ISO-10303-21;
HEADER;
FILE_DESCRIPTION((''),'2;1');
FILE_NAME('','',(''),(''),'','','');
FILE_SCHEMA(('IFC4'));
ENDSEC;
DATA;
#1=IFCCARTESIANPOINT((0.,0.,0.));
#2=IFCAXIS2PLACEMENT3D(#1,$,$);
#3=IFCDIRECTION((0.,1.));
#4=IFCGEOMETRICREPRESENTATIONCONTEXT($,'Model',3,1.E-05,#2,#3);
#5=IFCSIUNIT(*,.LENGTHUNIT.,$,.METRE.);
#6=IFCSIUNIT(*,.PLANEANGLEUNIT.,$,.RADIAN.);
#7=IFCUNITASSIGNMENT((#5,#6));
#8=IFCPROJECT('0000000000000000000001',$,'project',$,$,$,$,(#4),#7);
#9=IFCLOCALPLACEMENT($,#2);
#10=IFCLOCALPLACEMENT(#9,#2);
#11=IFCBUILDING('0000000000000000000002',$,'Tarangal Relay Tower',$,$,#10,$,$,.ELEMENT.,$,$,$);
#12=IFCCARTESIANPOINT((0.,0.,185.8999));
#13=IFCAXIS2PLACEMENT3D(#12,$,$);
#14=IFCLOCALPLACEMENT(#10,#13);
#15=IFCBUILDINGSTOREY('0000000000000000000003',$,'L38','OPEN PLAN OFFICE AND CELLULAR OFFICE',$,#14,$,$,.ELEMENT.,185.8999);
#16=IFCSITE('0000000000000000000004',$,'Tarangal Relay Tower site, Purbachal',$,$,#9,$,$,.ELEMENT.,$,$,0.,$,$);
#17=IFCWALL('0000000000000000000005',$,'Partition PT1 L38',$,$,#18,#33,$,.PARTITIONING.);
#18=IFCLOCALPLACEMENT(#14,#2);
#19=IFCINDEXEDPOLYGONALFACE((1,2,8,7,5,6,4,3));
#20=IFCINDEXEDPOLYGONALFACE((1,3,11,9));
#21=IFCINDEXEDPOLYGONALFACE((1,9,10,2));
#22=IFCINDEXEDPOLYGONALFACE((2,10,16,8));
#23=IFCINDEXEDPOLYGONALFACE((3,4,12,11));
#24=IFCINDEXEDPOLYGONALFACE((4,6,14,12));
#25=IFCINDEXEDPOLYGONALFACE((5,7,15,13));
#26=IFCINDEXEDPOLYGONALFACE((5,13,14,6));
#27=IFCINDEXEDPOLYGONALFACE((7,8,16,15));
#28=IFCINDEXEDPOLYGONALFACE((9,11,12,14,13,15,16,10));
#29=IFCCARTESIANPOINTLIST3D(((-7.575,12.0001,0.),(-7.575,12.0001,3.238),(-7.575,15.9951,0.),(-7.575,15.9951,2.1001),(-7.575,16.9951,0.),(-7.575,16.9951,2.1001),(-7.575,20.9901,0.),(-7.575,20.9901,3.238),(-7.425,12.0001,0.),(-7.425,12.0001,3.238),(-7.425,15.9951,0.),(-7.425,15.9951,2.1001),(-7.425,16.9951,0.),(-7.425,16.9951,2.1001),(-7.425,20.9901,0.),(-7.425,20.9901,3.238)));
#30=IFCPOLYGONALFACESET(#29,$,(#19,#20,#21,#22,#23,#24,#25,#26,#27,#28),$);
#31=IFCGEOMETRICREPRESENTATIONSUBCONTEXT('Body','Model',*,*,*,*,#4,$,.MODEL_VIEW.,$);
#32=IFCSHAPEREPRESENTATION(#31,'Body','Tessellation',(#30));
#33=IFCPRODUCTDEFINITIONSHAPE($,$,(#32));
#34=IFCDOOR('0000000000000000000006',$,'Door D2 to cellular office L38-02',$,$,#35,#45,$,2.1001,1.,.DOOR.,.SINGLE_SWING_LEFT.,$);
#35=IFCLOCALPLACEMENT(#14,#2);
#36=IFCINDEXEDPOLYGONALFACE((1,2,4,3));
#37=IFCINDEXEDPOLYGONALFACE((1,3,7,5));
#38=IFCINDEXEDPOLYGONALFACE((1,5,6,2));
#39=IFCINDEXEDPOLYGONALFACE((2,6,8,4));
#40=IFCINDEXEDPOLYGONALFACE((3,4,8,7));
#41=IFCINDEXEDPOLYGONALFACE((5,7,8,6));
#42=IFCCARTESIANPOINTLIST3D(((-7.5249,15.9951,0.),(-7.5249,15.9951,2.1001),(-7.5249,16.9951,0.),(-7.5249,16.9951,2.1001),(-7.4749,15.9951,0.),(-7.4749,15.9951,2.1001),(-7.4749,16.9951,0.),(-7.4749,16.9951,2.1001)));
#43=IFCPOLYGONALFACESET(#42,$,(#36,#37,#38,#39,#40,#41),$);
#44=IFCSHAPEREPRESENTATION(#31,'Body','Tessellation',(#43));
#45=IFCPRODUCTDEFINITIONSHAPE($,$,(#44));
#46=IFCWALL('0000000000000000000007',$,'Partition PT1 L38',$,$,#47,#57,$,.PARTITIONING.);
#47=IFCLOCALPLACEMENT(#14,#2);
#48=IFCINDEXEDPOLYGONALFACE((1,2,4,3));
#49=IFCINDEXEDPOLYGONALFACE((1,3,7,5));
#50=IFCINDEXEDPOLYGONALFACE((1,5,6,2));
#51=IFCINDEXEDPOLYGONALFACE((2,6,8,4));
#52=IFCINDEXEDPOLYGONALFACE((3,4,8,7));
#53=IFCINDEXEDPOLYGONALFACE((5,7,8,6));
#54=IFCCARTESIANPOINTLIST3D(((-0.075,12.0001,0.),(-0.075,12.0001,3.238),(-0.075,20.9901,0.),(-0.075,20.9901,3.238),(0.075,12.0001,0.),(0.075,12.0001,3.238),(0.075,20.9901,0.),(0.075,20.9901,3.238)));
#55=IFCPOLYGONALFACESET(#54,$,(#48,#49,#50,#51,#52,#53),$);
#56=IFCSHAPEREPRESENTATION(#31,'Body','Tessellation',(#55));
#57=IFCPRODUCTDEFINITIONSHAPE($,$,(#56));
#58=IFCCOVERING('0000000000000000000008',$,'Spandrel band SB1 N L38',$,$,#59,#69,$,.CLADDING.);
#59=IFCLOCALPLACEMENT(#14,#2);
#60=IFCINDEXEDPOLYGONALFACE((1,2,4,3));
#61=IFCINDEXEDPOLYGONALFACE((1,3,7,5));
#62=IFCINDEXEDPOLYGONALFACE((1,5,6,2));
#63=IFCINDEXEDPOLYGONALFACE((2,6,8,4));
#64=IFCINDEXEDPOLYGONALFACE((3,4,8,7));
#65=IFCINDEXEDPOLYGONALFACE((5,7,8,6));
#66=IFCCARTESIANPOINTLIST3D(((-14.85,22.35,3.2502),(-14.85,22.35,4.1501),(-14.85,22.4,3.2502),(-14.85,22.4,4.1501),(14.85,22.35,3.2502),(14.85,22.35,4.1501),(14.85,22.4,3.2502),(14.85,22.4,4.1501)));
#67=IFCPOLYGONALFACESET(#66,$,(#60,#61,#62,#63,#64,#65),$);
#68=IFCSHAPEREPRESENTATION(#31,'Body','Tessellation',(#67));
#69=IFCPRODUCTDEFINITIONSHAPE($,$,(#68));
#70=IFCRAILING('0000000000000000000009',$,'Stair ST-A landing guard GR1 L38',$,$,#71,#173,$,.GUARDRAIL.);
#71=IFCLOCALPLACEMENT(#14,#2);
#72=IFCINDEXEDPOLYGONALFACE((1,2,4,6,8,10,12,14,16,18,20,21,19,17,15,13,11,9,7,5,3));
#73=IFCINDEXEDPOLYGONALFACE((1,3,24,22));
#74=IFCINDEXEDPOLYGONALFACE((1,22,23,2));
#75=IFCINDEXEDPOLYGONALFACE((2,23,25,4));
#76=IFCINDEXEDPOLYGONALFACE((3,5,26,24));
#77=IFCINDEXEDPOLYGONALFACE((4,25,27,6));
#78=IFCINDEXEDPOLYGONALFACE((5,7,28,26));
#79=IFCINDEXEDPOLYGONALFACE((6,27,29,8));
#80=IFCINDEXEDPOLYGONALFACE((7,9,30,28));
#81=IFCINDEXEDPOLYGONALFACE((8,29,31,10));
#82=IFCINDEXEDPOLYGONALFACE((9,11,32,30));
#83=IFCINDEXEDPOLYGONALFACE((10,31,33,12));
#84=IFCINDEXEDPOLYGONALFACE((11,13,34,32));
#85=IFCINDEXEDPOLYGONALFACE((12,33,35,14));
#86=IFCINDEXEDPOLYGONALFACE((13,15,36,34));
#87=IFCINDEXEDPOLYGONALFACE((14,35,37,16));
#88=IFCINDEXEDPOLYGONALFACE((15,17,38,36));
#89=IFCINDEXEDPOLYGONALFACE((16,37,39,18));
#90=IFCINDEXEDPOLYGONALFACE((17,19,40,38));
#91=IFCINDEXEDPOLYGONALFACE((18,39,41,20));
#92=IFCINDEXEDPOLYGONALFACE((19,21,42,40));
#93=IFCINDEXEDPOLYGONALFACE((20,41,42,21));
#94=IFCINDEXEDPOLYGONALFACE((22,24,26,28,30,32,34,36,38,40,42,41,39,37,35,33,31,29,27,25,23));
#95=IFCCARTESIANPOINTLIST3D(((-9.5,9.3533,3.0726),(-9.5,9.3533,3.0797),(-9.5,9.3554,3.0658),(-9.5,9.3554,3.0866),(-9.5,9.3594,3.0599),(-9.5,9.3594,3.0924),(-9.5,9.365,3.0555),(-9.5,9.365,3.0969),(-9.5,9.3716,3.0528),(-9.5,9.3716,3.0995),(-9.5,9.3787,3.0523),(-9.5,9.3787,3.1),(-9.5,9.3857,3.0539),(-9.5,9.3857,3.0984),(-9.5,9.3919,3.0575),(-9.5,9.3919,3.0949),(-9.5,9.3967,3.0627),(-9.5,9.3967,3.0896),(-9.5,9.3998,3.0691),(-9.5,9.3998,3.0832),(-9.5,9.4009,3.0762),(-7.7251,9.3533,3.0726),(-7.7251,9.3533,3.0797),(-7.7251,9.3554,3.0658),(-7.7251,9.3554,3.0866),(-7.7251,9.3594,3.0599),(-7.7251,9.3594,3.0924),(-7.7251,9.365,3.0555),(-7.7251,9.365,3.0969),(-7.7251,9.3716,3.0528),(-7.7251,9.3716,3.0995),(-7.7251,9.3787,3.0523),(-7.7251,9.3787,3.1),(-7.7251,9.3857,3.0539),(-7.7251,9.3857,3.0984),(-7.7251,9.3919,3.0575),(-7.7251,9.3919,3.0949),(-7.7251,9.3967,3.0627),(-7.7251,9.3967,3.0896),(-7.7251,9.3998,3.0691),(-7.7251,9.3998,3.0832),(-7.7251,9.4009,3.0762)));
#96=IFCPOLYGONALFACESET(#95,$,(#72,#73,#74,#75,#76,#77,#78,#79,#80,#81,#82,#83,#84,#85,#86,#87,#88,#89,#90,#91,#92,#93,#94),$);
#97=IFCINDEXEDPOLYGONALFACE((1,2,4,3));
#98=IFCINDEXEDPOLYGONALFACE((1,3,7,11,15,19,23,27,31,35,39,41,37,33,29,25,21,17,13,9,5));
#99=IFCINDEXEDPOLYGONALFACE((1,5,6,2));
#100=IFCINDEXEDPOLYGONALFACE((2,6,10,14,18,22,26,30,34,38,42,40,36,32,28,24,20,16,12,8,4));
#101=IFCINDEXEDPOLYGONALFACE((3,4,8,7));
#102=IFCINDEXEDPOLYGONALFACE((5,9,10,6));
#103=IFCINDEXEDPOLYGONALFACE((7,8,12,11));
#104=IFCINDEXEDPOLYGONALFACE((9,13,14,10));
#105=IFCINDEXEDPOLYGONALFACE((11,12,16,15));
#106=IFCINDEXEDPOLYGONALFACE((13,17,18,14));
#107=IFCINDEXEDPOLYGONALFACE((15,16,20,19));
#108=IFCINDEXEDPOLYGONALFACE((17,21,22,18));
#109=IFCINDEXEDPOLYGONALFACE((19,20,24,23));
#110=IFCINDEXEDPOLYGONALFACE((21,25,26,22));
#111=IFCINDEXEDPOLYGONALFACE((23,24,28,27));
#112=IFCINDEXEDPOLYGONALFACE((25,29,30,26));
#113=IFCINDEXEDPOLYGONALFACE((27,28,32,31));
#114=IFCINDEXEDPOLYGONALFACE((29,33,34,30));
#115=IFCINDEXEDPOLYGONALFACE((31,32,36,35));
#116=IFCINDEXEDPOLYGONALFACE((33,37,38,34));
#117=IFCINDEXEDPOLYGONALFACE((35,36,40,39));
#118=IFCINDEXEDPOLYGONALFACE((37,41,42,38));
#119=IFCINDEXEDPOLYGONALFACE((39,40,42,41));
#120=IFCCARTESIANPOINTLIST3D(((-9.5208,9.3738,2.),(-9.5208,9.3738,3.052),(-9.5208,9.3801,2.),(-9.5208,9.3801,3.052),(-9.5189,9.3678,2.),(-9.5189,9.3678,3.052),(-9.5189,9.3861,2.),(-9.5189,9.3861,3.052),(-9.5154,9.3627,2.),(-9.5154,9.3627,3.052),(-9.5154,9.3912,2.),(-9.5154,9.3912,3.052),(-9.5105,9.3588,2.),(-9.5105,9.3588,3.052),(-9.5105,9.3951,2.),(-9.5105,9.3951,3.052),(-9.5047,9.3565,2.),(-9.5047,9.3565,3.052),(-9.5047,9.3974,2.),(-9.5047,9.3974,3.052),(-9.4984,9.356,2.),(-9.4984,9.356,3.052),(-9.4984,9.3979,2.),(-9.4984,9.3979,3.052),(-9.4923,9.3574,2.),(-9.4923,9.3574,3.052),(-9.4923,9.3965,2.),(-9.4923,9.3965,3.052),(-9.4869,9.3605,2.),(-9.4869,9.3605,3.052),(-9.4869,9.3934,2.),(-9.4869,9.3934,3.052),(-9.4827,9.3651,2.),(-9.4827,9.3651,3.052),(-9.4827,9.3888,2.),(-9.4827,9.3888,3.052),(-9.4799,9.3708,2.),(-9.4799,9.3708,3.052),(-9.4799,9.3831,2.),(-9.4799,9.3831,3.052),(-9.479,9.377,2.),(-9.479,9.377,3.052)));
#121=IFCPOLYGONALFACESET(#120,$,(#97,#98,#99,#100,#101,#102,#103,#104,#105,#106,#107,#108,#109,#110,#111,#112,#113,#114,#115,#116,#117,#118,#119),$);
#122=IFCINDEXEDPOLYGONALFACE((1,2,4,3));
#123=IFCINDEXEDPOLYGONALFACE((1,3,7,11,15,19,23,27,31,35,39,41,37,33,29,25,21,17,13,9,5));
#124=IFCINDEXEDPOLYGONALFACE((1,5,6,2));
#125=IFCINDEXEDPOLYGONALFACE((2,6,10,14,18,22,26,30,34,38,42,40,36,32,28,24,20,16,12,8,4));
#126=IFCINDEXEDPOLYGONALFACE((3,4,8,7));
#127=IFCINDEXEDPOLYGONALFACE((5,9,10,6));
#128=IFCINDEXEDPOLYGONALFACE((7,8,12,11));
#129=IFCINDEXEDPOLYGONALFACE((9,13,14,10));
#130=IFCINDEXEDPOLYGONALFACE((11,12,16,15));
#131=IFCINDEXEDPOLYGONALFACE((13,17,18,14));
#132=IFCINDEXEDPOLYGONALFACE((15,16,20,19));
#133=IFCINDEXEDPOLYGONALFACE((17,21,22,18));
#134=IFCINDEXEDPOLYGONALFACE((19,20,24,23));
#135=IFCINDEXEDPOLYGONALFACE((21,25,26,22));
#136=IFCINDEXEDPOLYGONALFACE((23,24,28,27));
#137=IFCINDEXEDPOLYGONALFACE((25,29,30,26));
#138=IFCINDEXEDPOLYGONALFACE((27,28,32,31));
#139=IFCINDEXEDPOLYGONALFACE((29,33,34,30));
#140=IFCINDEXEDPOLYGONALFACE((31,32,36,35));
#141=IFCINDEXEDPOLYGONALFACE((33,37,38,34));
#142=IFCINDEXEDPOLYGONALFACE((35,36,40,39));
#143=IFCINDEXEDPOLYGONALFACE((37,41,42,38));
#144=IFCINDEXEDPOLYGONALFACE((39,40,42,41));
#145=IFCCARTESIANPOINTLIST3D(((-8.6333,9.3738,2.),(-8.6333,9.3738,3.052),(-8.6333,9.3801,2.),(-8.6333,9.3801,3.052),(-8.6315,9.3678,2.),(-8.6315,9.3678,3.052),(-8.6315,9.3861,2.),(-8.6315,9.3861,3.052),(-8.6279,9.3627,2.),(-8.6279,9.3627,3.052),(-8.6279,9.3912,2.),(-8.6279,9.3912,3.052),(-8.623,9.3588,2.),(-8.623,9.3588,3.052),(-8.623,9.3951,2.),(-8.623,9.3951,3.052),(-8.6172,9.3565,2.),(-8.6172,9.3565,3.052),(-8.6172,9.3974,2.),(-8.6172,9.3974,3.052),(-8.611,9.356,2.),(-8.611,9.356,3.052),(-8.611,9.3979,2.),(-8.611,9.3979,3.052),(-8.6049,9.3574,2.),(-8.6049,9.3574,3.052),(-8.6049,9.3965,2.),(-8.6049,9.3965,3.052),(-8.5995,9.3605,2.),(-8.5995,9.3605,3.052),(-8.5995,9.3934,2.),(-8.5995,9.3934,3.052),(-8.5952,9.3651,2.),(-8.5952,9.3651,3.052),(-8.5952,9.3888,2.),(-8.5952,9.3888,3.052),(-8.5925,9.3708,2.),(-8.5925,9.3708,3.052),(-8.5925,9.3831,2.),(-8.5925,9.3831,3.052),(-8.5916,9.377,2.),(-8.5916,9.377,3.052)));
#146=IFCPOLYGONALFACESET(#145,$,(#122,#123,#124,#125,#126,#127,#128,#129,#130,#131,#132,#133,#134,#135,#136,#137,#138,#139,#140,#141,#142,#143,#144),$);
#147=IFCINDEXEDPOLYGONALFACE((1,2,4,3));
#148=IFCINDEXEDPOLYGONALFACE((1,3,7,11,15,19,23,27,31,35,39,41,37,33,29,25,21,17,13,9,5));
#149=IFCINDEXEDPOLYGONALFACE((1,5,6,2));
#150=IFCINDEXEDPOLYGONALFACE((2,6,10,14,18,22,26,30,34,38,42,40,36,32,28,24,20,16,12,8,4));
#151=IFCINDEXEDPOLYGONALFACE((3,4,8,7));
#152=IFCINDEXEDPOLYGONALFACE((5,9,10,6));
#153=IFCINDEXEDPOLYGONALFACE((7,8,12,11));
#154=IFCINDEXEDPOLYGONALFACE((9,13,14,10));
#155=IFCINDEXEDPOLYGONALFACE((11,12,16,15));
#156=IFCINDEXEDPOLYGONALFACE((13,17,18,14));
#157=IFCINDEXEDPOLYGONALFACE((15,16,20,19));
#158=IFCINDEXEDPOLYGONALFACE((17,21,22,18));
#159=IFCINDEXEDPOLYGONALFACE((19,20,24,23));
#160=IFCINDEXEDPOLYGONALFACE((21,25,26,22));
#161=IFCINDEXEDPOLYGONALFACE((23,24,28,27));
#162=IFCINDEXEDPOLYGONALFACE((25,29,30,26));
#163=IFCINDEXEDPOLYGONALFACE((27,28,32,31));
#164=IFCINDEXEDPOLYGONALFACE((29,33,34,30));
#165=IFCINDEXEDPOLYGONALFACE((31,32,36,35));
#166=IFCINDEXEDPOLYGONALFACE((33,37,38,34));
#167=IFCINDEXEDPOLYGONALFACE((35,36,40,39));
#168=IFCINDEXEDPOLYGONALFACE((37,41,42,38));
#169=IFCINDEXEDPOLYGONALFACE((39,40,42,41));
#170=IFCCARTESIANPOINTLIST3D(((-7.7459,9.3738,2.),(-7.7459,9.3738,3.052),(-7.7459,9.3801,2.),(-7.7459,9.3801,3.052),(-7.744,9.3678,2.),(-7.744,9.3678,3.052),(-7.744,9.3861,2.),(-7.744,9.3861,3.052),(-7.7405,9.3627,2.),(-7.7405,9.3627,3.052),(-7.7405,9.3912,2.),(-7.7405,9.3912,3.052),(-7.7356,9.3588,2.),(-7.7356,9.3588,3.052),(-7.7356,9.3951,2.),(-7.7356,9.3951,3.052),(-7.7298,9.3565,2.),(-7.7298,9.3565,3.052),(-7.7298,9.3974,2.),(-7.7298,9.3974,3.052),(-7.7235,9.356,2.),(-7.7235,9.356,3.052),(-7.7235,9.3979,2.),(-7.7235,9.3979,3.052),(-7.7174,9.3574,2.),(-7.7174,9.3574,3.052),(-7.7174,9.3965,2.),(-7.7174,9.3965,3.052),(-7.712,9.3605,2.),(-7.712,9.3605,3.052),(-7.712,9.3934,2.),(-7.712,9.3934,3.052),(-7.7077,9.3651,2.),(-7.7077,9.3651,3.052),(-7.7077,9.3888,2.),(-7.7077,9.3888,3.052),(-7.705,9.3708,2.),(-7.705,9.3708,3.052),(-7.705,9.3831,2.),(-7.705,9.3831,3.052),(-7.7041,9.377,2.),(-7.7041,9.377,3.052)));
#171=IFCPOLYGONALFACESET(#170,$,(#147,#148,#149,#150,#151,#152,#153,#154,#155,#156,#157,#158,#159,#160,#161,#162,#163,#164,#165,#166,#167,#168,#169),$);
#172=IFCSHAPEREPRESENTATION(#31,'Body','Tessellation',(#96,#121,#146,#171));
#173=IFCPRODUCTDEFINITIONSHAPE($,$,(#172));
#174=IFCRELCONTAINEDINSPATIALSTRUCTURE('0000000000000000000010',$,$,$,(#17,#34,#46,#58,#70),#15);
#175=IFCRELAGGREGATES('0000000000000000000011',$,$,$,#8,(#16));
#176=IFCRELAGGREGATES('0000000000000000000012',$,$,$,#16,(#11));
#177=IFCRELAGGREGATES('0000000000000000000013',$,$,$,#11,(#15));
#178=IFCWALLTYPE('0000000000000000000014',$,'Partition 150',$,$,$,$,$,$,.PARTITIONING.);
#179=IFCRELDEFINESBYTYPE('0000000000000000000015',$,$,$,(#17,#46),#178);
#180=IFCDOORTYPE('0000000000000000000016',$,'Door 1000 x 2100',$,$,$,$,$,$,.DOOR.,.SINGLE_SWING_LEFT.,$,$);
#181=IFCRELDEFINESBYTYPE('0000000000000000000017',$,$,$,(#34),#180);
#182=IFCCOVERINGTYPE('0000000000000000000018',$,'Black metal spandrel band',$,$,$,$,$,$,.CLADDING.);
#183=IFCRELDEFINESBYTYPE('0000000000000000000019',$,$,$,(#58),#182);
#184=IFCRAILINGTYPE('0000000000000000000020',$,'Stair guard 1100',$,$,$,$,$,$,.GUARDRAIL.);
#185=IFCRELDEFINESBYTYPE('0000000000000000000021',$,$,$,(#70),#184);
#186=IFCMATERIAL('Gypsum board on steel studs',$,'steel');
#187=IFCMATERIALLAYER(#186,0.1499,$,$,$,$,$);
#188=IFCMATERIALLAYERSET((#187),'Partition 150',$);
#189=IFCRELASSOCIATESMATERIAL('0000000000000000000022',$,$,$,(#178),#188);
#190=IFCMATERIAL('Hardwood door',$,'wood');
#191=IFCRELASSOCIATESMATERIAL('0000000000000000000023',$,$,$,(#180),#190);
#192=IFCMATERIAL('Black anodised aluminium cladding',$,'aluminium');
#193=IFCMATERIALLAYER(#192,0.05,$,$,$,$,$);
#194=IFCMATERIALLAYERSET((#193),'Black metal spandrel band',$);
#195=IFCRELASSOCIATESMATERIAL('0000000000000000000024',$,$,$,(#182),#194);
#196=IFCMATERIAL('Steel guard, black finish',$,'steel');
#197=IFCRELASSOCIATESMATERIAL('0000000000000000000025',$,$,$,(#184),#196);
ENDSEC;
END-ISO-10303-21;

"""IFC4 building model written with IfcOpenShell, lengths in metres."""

from ifc_helpers import new_model, si_unit, direction, frame, frame_2d, origin, origin_2d, place, context, subcontext, project, spatial, rectangle, circle, extrude, material, layer, layer_set, type_object, element, fill, save


model = new_model("IFC4")

# Units and contexts
model_context = context("Model", 3, precision=1e-05, world=origin(), true_north=direction((0.0, 1.0)))
body_context = subcontext(model_context, "Body", "Model", "MODEL_VIEW")
ifc_project = project(units=[si_unit("LENGTHUNIT", "METRE"), si_unit("PLANEANGLEUNIT", "RADIAN")], contexts=[model_context])

# Site, building, storey
site_placement = place(None, origin())
site = spatial("IfcSite", under=ifc_project, at=site_placement, Name="Tarangal Relay Tower site, Purbachal", CompositionType="ELEMENT", RefElevation=0.0)
building_placement = place(site_placement, origin())
building = spatial("IfcBuilding", under=site, at=building_placement, Name="Tarangal Relay Tower", CompositionType="ELEMENT")
storey_placement = place(building_placement, frame((0.0, 0.0, 185.8999)))
storey = spatial("IfcBuildingStorey", under=building, at=storey_placement, Name="L38", Description="OPEN PLAN OFFICE AND CELLULAR OFFICE", CompositionType="ELEMENT", Elevation=185.8999)

# Shared definitions
ifc_material_1 = material(Name="Gypsum board on steel studs", Category="steel")
ifc_layer_1 = layer(ifc_material_1, 0.1499)
ifc_layer_set_1 = layer_set([ifc_layer_1], Name="Partition 150")
wall_type_1 = type_object("IfcWallType", Name="Partition 150", PredefinedType="PARTITIONING", material=ifc_layer_set_1)

# Wall, opening, door
wall_1_placement = place(storey_placement, frame((-7.5, 12.0, 0.0), z_axis=(0.0, 0.0, 1.0), x_axis=(0.0, 1.0, 0.0)))
wall_1 = element("IfcWall", 1, at=wall_1_placement, inside=storey, type_object=wall_type_1, Name="Partition PT1 L38", PredefinedType="PARTITIONING", context=body_context, shape_type="SweptSolid", body=[
    extrude(rectangle(XDim=8.99, YDim=0.1499, at=frame_2d((4.4951, 0.0))), origin(), (0.0, 0.0, 1.0), 3.238),
])
opening_1_placement = place(wall_1_placement, frame((3.9951, 0.0, 0.0)))
opening_1 = element("IfcOpeningElement", 2, at=opening_1_placement, cuts=wall_1, PredefinedType="OPENING", context=body_context, shape_type="SweptSolid", body=[
    extrude(rectangle(XDim=1.0, YDim=2.1001, at=frame_2d((0.5, 1.05))), frame((0.0, 0.085, 0.0), z_axis=(0.0, -1.0, 0.0), x_axis=(1.0, 0.0, 0.0)), (0.0, 0.0, 1.0), 0.1699),
])
ifc_material_2 = material(Name="Hardwood door", Category="wood")
door_type_1 = type_object("IfcDoorType", Name="Door 1000 x 2100", OperationType="SINGLE_SWING_LEFT", PredefinedType="DOOR", material=ifc_material_2)
door_1_placement = place(opening_1_placement, origin())
door_1 = element("IfcDoor", 3, at=door_1_placement, inside=storey, type_object=door_type_1, Name="Door D2 to cellular office L38-02", OperationType="SINGLE_SWING_LEFT", OverallHeight=2.1001, OverallWidth=1.0, PredefinedType="DOOR", context=body_context, shape_type="SweptSolid", body=[
    extrude(rectangle(XDim=1.0, YDim=2.1001, at=frame_2d((0.5, 1.05))), frame((0.0, 0.0249, 0.0), z_axis=(0.0, -1.0, 0.0), x_axis=(1.0, 0.0, 0.0)), (0.0, 0.0, 1.0), 0.05),
])
fill(opening_1, door_1)

# Wall
wall_2_placement = place(storey_placement, frame((0.0, 12.0, 0.0), z_axis=(0.0, 0.0, 1.0), x_axis=(0.0, 1.0, 0.0)))
element("IfcWall", 4, at=wall_2_placement, inside=storey, type_object=wall_type_1, Name="Partition PT1 L38", PredefinedType="PARTITIONING", context=body_context, shape_type="SweptSolid", body=[
    extrude(rectangle(XDim=8.99, YDim=0.1499, at=frame_2d((4.4951, 0.0))), origin(), (0.0, 0.0, 1.0), 3.238),
])

# Covering
ifc_material_3 = material(Name="Black anodised aluminium cladding", Category="aluminium")
ifc_layer_2 = layer(ifc_material_3, 0.05)
ifc_layer_set_2 = layer_set([ifc_layer_2], Name="Black metal spandrel band")
covering_type = type_object("IfcCoveringType", Name="Black metal spandrel band", PredefinedType="CLADDING", material=ifc_layer_set_2)
covering_placement = place(storey_placement, frame((0.0, 22.375, 3.2502), z_axis=(0.0, 0.0, 1.0), x_axis=(1.0, 0.0, 0.0)))
element("IfcCovering", 5, at=covering_placement, inside=storey, type_object=covering_type, Name="Spandrel band SB1 N L38", PredefinedType="CLADDING", context=body_context, shape_type="SweptSolid", body=[
    extrude(rectangle(XDim=29.7, YDim=0.05, at=origin_2d()), origin(), (0.0, 0.0, 1.0), 0.8999),
])

# Railing
ifc_material_4 = material(Name="Steel guard, black finish", Category="steel")
railing_type = type_object("IfcRailingType", Name="Stair guard 1100", PredefinedType="GUARDRAIL", material=ifc_material_4)
railing_placement = place(storey_placement, frame((-9.5, 9.377, 2.0)))
element("IfcRailing", 6, at=railing_placement, inside=storey, type_object=railing_type, Name="Stair ST-A landing guard GR1 L38", PredefinedType="GUARDRAIL", context=body_context, shape_type="SweptSolid", body=[
    extrude(circle(Radius=0.0239, at=origin_2d()), frame((0.0, 0.0, 1.0762), z_axis=(1.0, 0.0, 0.0), x_axis=(0.0, 1.0, 0.0)), (0.0, 0.0, 1.0), 1.7749),
    extrude(circle(Radius=0.021, at=origin_2d()), origin(), (0.0, 0.0, 1.0), 1.052),
    extrude(circle(Radius=0.021, at=origin_2d()), frame((0.8875, 0.0, 0.0)), (0.0, 0.0, 1.0), 1.052),
    extrude(circle(Radius=0.021, at=origin_2d()), frame((1.7749, 0.0, 0.0)), (0.0, 0.0, 1.0), 1.052),
])

save(model, "model.ifc")
